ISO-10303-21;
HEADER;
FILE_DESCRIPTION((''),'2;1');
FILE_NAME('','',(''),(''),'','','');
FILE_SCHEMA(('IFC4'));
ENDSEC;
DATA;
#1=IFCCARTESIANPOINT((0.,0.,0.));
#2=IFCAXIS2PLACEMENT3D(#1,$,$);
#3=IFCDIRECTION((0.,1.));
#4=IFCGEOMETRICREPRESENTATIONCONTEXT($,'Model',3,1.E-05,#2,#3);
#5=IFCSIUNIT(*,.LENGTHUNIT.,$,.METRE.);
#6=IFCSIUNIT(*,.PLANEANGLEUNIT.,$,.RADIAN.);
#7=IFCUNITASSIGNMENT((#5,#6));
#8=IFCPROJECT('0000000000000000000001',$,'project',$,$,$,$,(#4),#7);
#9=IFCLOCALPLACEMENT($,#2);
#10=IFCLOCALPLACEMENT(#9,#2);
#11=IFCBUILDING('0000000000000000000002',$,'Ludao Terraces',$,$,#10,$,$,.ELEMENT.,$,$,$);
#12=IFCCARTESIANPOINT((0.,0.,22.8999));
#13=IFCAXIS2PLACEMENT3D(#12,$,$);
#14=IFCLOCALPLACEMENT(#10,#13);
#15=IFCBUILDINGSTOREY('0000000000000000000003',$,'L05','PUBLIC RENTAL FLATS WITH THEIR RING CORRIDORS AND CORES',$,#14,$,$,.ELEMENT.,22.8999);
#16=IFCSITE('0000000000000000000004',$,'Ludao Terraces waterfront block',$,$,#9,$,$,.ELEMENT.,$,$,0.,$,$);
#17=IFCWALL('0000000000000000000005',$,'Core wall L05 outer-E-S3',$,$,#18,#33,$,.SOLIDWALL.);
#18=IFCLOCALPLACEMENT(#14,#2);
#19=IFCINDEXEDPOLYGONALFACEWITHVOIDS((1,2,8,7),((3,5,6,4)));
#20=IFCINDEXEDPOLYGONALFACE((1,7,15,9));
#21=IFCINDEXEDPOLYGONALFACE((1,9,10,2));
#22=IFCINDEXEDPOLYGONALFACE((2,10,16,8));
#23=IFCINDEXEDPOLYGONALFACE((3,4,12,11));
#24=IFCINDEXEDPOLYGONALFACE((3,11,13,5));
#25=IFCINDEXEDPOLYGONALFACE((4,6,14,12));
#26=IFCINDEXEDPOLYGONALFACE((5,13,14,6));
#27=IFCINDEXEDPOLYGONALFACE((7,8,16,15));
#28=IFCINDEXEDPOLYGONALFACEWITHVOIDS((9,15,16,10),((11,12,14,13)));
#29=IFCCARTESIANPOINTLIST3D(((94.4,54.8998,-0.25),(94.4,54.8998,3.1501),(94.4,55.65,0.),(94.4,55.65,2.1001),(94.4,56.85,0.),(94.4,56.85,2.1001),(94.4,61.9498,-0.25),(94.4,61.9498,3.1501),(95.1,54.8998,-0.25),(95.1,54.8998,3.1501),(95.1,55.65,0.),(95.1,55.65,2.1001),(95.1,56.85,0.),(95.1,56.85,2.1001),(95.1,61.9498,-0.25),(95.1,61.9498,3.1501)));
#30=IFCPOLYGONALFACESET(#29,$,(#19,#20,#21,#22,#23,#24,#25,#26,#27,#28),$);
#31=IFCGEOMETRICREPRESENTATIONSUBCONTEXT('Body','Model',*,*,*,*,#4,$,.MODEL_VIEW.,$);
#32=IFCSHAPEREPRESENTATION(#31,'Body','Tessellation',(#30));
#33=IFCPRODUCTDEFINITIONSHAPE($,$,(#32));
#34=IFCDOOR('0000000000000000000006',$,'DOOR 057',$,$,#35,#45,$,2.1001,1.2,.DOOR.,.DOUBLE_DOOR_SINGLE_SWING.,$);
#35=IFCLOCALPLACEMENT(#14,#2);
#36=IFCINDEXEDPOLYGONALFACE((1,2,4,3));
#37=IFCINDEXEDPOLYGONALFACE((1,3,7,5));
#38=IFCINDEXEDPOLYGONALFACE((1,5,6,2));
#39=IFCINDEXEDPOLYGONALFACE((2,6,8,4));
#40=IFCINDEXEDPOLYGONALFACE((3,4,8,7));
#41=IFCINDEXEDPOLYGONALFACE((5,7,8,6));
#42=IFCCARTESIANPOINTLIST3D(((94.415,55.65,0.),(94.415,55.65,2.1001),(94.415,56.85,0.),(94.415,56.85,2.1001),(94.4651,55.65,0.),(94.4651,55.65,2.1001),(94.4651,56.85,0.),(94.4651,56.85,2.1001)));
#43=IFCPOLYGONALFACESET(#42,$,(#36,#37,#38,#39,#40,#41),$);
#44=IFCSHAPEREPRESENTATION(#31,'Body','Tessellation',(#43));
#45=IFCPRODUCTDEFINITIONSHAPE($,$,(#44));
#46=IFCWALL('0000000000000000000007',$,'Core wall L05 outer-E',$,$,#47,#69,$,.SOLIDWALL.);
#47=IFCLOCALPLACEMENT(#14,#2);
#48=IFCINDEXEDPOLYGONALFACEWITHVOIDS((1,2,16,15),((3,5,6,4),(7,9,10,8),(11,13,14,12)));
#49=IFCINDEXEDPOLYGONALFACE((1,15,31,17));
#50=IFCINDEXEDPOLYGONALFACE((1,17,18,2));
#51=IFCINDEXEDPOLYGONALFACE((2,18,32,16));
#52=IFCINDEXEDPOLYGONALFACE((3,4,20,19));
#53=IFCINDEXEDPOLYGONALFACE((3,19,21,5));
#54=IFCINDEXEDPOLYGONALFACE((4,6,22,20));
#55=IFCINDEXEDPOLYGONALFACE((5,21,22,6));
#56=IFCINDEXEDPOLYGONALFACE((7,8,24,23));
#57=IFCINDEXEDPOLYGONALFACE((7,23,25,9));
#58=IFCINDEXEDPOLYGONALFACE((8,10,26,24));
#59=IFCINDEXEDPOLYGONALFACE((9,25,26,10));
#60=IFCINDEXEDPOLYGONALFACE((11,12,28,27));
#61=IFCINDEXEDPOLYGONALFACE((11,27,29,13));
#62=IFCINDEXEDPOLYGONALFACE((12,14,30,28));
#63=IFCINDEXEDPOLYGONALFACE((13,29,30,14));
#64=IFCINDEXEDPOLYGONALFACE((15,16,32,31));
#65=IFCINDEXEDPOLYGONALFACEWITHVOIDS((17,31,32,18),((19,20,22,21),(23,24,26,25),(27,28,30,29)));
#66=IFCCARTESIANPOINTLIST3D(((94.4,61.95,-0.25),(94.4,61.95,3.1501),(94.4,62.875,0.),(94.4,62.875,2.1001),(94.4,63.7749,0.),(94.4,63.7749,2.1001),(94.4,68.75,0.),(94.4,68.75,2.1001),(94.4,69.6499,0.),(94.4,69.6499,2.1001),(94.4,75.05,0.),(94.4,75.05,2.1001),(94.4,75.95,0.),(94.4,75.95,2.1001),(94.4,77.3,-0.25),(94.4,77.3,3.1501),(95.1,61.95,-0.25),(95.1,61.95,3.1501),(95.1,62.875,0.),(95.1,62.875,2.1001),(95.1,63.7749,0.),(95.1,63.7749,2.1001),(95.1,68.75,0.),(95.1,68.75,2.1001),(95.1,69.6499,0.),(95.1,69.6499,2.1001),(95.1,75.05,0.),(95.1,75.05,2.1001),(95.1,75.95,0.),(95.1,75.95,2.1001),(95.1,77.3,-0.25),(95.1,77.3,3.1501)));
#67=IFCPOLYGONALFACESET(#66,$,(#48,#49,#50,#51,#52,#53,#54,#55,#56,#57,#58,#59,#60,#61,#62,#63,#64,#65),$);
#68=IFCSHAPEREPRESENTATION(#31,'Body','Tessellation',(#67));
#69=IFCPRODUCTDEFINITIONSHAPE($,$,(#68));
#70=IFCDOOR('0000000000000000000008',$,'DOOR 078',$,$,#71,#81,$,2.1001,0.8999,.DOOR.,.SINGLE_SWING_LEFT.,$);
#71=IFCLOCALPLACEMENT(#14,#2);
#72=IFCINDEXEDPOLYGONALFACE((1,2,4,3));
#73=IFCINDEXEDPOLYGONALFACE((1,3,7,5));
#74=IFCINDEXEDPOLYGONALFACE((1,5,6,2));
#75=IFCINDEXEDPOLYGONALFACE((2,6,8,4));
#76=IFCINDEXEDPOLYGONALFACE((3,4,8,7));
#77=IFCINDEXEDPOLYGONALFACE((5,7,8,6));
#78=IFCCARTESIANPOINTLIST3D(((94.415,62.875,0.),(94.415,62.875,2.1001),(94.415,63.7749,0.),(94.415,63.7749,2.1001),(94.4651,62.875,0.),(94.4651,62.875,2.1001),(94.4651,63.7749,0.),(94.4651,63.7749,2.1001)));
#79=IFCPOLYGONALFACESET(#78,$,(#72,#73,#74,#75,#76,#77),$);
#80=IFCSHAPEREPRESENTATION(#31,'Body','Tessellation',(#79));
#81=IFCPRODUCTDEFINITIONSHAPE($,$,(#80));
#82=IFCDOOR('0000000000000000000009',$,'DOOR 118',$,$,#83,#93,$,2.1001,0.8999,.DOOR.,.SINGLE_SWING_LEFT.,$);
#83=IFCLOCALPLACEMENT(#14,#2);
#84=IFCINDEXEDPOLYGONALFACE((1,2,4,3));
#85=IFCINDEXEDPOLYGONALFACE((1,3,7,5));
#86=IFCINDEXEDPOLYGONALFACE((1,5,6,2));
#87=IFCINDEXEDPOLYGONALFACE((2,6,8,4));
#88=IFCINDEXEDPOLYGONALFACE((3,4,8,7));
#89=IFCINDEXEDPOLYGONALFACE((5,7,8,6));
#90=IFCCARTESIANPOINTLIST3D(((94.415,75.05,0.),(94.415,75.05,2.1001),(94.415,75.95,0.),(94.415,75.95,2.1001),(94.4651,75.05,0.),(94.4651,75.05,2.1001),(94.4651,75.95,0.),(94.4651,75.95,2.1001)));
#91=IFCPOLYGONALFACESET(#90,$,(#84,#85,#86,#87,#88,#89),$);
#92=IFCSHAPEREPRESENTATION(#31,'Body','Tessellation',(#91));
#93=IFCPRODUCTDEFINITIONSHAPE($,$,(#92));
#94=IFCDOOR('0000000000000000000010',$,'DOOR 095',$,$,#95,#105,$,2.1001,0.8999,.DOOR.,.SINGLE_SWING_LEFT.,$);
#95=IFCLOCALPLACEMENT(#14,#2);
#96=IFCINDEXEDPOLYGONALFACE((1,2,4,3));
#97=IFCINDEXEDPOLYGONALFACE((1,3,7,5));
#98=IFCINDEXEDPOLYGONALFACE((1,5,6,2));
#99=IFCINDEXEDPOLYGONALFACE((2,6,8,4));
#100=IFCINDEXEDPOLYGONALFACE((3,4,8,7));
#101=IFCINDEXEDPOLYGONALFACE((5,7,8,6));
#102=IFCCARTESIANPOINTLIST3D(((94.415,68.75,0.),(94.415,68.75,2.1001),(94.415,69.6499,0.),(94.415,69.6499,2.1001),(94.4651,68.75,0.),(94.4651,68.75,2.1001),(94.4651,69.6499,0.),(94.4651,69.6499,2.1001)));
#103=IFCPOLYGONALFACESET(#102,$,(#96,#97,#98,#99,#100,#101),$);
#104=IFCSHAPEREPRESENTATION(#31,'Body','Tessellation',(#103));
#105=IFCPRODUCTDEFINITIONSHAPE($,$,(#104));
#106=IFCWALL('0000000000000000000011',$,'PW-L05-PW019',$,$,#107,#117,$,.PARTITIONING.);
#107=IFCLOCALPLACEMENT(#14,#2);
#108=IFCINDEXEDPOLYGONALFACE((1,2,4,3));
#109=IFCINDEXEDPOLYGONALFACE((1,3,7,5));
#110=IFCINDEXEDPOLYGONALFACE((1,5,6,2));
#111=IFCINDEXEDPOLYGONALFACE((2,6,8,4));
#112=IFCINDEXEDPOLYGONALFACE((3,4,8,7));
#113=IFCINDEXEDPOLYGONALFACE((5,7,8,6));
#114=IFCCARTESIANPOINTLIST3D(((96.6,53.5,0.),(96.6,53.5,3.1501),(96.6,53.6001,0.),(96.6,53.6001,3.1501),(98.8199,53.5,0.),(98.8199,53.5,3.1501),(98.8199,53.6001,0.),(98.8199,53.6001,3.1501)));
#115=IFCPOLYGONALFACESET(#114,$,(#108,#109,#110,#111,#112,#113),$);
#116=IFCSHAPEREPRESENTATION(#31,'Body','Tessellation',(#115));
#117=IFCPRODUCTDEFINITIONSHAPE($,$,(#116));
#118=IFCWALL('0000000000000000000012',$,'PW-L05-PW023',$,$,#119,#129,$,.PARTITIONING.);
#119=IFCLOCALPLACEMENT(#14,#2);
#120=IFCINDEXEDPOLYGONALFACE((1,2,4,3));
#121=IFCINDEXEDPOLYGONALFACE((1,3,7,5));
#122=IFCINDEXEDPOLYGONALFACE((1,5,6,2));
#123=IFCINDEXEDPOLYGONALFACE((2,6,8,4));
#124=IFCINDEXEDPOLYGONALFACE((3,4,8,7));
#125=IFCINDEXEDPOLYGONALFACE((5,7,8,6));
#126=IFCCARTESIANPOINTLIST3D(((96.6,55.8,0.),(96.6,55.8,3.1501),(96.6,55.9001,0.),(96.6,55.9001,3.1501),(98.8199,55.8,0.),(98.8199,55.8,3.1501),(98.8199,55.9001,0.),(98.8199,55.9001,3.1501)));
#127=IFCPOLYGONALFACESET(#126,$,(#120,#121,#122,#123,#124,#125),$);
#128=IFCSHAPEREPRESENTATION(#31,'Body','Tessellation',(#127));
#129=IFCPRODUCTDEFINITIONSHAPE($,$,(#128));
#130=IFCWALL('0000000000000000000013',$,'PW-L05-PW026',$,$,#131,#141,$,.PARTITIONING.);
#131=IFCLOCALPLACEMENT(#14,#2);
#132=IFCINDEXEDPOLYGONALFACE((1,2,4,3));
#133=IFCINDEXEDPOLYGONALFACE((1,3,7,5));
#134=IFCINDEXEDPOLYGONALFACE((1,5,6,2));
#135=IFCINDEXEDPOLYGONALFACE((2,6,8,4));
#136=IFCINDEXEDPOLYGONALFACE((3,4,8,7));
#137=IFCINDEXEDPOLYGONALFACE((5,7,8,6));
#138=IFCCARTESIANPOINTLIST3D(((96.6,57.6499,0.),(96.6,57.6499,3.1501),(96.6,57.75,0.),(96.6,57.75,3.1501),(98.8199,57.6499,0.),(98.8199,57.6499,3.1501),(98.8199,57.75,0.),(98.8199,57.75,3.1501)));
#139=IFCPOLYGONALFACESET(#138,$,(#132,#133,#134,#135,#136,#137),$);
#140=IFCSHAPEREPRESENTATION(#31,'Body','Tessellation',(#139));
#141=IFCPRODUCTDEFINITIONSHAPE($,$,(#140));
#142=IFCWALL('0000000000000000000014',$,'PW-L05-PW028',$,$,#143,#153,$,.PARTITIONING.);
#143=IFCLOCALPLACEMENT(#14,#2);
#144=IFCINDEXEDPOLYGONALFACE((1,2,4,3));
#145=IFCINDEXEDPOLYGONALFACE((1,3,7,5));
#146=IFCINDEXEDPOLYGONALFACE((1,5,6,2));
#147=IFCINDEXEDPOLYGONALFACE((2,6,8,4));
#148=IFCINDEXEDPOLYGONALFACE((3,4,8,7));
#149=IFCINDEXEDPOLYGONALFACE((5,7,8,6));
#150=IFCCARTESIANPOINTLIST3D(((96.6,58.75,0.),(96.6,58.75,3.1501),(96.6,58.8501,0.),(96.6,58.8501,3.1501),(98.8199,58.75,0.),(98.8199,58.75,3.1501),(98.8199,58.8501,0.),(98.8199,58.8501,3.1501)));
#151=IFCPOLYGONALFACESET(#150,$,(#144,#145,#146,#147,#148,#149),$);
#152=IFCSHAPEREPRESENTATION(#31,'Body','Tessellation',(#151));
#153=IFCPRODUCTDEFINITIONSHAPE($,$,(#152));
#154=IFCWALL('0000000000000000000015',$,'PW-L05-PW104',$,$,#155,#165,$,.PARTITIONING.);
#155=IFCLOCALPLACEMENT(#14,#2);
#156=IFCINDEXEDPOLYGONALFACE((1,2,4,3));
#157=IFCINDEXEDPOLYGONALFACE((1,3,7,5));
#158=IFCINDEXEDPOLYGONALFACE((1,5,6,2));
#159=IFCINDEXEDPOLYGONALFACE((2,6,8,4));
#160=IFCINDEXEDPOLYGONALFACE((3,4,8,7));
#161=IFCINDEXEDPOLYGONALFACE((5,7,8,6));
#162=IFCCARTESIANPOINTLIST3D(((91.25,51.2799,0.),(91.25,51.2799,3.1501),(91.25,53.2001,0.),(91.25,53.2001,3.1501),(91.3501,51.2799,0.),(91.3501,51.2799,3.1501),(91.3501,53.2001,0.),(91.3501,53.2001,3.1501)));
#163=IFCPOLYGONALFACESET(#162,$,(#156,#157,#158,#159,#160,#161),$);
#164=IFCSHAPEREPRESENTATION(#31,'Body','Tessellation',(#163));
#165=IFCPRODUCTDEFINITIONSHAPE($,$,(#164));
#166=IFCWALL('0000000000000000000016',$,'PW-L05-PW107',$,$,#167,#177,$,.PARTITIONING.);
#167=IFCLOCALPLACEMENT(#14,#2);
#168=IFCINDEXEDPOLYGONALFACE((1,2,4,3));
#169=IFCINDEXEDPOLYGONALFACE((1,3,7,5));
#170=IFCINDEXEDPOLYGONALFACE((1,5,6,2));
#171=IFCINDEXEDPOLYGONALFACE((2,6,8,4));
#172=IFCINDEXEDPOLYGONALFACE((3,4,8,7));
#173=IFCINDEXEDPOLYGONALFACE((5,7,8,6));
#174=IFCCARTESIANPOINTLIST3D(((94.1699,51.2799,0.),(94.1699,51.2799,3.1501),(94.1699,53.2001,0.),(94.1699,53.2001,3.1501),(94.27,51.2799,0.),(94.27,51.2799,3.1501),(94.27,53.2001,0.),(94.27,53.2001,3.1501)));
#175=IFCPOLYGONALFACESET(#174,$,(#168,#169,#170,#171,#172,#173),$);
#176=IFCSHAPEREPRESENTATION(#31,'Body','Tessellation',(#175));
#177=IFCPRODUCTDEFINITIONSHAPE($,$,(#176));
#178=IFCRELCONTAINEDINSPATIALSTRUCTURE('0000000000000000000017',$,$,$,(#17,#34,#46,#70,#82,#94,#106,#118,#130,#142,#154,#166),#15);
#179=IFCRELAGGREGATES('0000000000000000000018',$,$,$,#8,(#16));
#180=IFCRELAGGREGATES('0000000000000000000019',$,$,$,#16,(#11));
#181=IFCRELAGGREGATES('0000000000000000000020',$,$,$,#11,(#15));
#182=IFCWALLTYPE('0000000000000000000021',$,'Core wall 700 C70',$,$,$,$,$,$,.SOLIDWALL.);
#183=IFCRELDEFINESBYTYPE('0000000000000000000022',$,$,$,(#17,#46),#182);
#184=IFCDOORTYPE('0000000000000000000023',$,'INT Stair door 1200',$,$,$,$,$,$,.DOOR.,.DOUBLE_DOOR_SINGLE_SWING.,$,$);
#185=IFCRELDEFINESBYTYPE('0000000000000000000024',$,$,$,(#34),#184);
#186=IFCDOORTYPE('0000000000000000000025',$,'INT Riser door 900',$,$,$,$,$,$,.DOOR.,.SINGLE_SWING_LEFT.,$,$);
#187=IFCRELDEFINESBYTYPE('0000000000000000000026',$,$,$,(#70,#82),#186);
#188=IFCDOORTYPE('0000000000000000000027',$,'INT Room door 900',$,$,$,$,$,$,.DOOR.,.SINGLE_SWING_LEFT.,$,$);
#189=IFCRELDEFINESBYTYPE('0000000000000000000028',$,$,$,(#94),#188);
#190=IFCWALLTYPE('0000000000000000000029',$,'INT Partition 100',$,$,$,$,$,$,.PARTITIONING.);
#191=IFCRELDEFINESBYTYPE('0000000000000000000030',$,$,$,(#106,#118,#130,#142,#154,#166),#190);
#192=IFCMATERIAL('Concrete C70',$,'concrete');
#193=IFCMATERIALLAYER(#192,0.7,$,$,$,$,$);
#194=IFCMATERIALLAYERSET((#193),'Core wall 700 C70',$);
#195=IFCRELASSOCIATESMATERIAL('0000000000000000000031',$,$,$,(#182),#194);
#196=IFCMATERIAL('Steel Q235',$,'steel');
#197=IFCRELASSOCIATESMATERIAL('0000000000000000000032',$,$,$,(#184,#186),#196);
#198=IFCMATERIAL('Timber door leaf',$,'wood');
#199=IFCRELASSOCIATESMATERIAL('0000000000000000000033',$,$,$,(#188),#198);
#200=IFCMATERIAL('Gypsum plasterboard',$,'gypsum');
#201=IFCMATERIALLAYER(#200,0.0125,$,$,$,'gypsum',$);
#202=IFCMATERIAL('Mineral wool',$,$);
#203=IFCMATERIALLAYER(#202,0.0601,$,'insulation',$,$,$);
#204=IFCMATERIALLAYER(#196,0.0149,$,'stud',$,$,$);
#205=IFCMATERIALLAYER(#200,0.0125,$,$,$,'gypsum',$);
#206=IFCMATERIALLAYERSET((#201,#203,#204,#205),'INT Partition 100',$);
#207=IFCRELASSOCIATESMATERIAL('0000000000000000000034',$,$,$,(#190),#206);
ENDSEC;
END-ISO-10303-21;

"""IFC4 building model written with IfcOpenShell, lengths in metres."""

from ifc_helpers import new_model, si_unit, direction, frame, frame_2d, origin, place, context, subcontext, project, spatial, rectangle, extrude, material, layer, layer_set, type_object, element, fill, save


model = new_model("IFC4")

# Units and contexts
model_context = context("Model", 3, precision=1e-05, world=origin(), true_north=direction((0.0, 1.0)))
body_context = subcontext(model_context, "Body", "Model", "MODEL_VIEW")
ifc_project = project(units=[si_unit("LENGTHUNIT", "METRE"), si_unit("PLANEANGLEUNIT", "RADIAN")], contexts=[model_context])

# Site, building, storey
site_placement = place(None, origin())
site = spatial("IfcSite", under=ifc_project, at=site_placement, Name="Ludao Terraces waterfront block", CompositionType="ELEMENT", RefElevation=0.0)
building_placement = place(site_placement, origin())
building = spatial("IfcBuilding", under=site, at=building_placement, Name="Ludao Terraces", CompositionType="ELEMENT")
storey_placement = place(building_placement, frame((0.0, 0.0, 22.8999)))
storey = spatial("IfcBuildingStorey", under=building, at=storey_placement, Name="L05", Description="PUBLIC RENTAL FLATS WITH THEIR RING CORRIDORS AND CORES", CompositionType="ELEMENT", Elevation=22.8999)

# Wall, opening, door
ifc_material_1 = material(Name="Concrete C70", Category="concrete")
ifc_layer_1 = layer(ifc_material_1, 0.7)
ifc_layer_set_1 = layer_set([ifc_layer_1], Name="Core wall 700 C70")
wall_type_1 = type_object("IfcWallType", Name="Core wall 700 C70", PredefinedType="SOLIDWALL", material=ifc_layer_set_1)
wall_1_placement = place(storey_placement, frame((94.75, 54.8999, -0.25), z_axis=(0.0, 0.0, 1.0), x_axis=(0.0, 1.0, 0.0)))
wall_1 = element("IfcWall", 1, at=wall_1_placement, inside=storey, type_object=wall_type_1, Name="Core wall L05 outer-E-S3", PredefinedType="SOLIDWALL", context=body_context, shape_type="SweptSolid", body=[
    extrude(rectangle(XDim=7.05, YDim=0.7, at=frame_2d((3.5249, 0.0))), origin(), (0.0, 0.0, 1.0), 3.4001),
])
opening_1_placement = place(wall_1_placement, frame((0.75, 0.0, 0.25)))
opening_1 = element("IfcOpeningElement", 2, at=opening_1_placement, cuts=wall_1, PredefinedType="OPENING", context=body_context, shape_type="SweptSolid", body=[
    extrude(rectangle(XDim=1.2, YDim=2.1001, at=frame_2d((0.6001, 1.05))), frame((0.0, 0.3599, 0.0), z_axis=(0.0, -1.0, 0.0), x_axis=(1.0, 0.0, 0.0)), (0.0, 0.0, 1.0), 0.72),
])
ifc_material_2 = material(Name="Steel Q235", Category="steel")
door_type_1 = type_object("IfcDoorType", Name="INT Stair door 1200", OperationType="DOUBLE_DOOR_SINGLE_SWING", PredefinedType="DOOR", material=ifc_material_2)
door_1_placement = place(opening_1_placement, origin())
door_1 = element("IfcDoor", 3, at=door_1_placement, inside=storey, type_object=door_type_1, Name="DOOR 057", OperationType="DOUBLE_DOOR_SINGLE_SWING", OverallHeight=2.1001, OverallWidth=1.2, PredefinedType="DOOR", context=body_context, shape_type="SweptSolid", body=[
    extrude(rectangle(XDim=1.2, YDim=2.1001, at=frame_2d((0.6001, 1.05))), frame((0.0, 0.335, 0.0), z_axis=(0.0, -1.0, 0.0), x_axis=(1.0, 0.0, 0.0)), (0.0, 0.0, 1.0), 0.05),
])
fill(opening_1, door_1)

# Wall, openings, doors
wall_2_placement = place(storey_placement, frame((94.75, 61.95, -0.25), z_axis=(0.0, 0.0, 1.0), x_axis=(0.0, 1.0, 0.0)))
wall_2 = element("IfcWall", 4, at=wall_2_placement, inside=storey, type_object=wall_type_1, Name="Core wall L05 outer-E", PredefinedType="SOLIDWALL", context=body_context, shape_type="SweptSolid", body=[
    extrude(rectangle(XDim=15.3501, YDim=0.7, at=frame_2d((7.675, 0.0))), origin(), (0.0, 0.0, 1.0), 3.4001),
])
opening_2_placement = place(wall_2_placement, frame((0.925, 0.0, 0.25)))
opening_2 = element("IfcOpeningElement", 5, at=opening_2_placement, cuts=wall_2, PredefinedType="OPENING", context=body_context, shape_type="SweptSolid", body=[
    extrude(rectangle(XDim=0.8999, YDim=2.1001, at=frame_2d((0.45, 1.05))), frame((0.0, 0.3599, 0.0), z_axis=(0.0, -1.0, 0.0), x_axis=(1.0, 0.0, 0.0)), (0.0, 0.0, 1.0), 0.72),
])
opening_3_placement = place(wall_2_placement, frame((6.8, 0.0, 0.25)))
opening_3 = element("IfcOpeningElement", 6, at=opening_3_placement, cuts=wall_2, PredefinedType="OPENING", context=body_context, shape_type="SweptSolid", body=[
    extrude(rectangle(XDim=0.8999, YDim=2.1001, at=frame_2d((0.45, 1.05))), frame((0.0, 0.3599, 0.0), z_axis=(0.0, -1.0, 0.0), x_axis=(1.0, 0.0, 0.0)), (0.0, 0.0, 1.0), 0.72),
])
opening_4_placement = place(wall_2_placement, frame((13.1001, 0.0, 0.25)))
opening_4 = element("IfcOpeningElement", 7, at=opening_4_placement, cuts=wall_2, PredefinedType="OPENING", context=body_context, shape_type="SweptSolid", body=[
    extrude(rectangle(XDim=0.8999, YDim=2.1001, at=frame_2d((0.45, 1.05))), frame((0.0, 0.3599, 0.0), z_axis=(0.0, -1.0, 0.0), x_axis=(1.0, 0.0, 0.0)), (0.0, 0.0, 1.0), 0.72),
])
door_type_2 = type_object("IfcDoorType", Name="INT Riser door 900", OperationType="SINGLE_SWING_LEFT", PredefinedType="DOOR", material=ifc_material_2)
door_2_placement = place(opening_2_placement, origin())
door_2 = element("IfcDoor", 8, at=door_2_placement, inside=storey, type_object=door_type_2, Name="DOOR 078", OperationType="SINGLE_SWING_LEFT", OverallHeight=2.1001, OverallWidth=0.8999, PredefinedType="DOOR", context=body_context, shape_type="SweptSolid", body=[
    extrude(rectangle(XDim=0.8999, YDim=2.1001, at=frame_2d((0.45, 1.05))), frame((0.0, 0.335, 0.0), z_axis=(0.0, -1.0, 0.0), x_axis=(1.0, 0.0, 0.0)), (0.0, 0.0, 1.0), 0.05),
])
fill(opening_2, door_2)
door_3_placement = place(opening_4_placement, origin())
door_3 = element("IfcDoor", 9, at=door_3_placement, inside=storey, type_object=door_type_2, Name="DOOR 118", OperationType="SINGLE_SWING_LEFT", OverallHeight=2.1001, OverallWidth=0.8999, PredefinedType="DOOR", context=body_context, shape_type="SweptSolid", body=[
    extrude(rectangle(XDim=0.8999, YDim=2.1001, at=frame_2d((0.45, 1.05))), frame((0.0, 0.335, 0.0), z_axis=(0.0, -1.0, 0.0), x_axis=(1.0, 0.0, 0.0)), (0.0, 0.0, 1.0), 0.05),
])
fill(opening_4, door_3)
ifc_material_3 = material(Name="Timber door leaf", Category="wood")
door_type_3 = type_object("IfcDoorType", Name="INT Room door 900", OperationType="SINGLE_SWING_LEFT", PredefinedType="DOOR", material=ifc_material_3)
door_4_placement = place(opening_3_placement, origin())
door_4 = element("IfcDoor", 10, at=door_4_placement, inside=storey, type_object=door_type_3, Name="DOOR 095", OperationType="SINGLE_SWING_LEFT", OverallHeight=2.1001, OverallWidth=0.8999, PredefinedType="DOOR", context=body_context, shape_type="SweptSolid", body=[
    extrude(rectangle(XDim=0.8999, YDim=2.1001, at=frame_2d((0.45, 1.05))), frame((0.0, 0.335, 0.0), z_axis=(0.0, -1.0, 0.0), x_axis=(1.0, 0.0, 0.0)), (0.0, 0.0, 1.0), 0.05),
])
fill(opening_3, door_4)

# Walls
ifc_material_4 = material(Name="Gypsum plasterboard", Category="gypsum")
ifc_layer_2 = layer(ifc_material_4, 0.0125, Category="gypsum")
ifc_material_5 = material(Name="Mineral wool")
ifc_layer_3 = layer(ifc_material_5, 0.0601, Name="insulation")
ifc_layer_4 = layer(ifc_material_2, 0.0149, Name="stud")
ifc_layer_5 = layer(ifc_material_4, 0.0125, Category="gypsum")
ifc_layer_set_2 = layer_set([ifc_layer_2, ifc_layer_3, ifc_layer_4, ifc_layer_5], Name="INT Partition 100")
wall_type_2 = type_object("IfcWallType", Name="INT Partition 100", PredefinedType="PARTITIONING", material=ifc_layer_set_2)
for number, where, z_axis, x_axis, name in (
    (11, (96.6001, 53.55, 0.0), (0.0, 0.0, 1.0), (1.0, 0.0, 0.0), "PW-L05-PW019"),
    (12, (96.6001, 55.8501, 0.0), (0.0, 0.0, 1.0), (1.0, 0.0, 0.0), "PW-L05-PW023"),
    (13, (96.6001, 57.7, 0.0), (0.0, 0.0, 1.0), (1.0, 0.0, 0.0), "PW-L05-PW026"),
    (14, (96.6001, 58.8, 0.0), (0.0, 0.0, 1.0), (1.0, 0.0, 0.0), "PW-L05-PW028"),
):
    element("IfcWall", number, at=place(storey_placement, frame(where, z_axis=z_axis, x_axis=x_axis)), inside=storey, type_object=wall_type_2, Name=name, PredefinedType="PARTITIONING", context=body_context, shape_type="SweptSolid", body=[
        extrude(rectangle(XDim=2.22, YDim=0.1001, at=frame_2d((1.1099, 0.0))), origin(), (0.0, 0.0, 1.0), 3.1501),
    ])
for number, where, z_axis, x_axis, name in (
    (15, (91.3, 51.28, 0.0), (0.0, 0.0, 1.0), (0.0, 1.0, 0.0), "PW-L05-PW104"),
    (16, (94.22, 51.28, 0.0), (0.0, 0.0, 1.0), (0.0, 1.0, 0.0), "PW-L05-PW107"),
):
    element("IfcWall", number, at=place(storey_placement, frame(where, z_axis=z_axis, x_axis=x_axis)), inside=storey, type_object=wall_type_2, Name=name, PredefinedType="PARTITIONING", context=body_context, shape_type="SweptSolid", body=[
        extrude(rectangle(XDim=1.9202, YDim=0.1001, at=frame_2d((0.96, 0.0))), origin(), (0.0, 0.0, 1.0), 3.1501),
    ])

save(model, "model.ifc")
